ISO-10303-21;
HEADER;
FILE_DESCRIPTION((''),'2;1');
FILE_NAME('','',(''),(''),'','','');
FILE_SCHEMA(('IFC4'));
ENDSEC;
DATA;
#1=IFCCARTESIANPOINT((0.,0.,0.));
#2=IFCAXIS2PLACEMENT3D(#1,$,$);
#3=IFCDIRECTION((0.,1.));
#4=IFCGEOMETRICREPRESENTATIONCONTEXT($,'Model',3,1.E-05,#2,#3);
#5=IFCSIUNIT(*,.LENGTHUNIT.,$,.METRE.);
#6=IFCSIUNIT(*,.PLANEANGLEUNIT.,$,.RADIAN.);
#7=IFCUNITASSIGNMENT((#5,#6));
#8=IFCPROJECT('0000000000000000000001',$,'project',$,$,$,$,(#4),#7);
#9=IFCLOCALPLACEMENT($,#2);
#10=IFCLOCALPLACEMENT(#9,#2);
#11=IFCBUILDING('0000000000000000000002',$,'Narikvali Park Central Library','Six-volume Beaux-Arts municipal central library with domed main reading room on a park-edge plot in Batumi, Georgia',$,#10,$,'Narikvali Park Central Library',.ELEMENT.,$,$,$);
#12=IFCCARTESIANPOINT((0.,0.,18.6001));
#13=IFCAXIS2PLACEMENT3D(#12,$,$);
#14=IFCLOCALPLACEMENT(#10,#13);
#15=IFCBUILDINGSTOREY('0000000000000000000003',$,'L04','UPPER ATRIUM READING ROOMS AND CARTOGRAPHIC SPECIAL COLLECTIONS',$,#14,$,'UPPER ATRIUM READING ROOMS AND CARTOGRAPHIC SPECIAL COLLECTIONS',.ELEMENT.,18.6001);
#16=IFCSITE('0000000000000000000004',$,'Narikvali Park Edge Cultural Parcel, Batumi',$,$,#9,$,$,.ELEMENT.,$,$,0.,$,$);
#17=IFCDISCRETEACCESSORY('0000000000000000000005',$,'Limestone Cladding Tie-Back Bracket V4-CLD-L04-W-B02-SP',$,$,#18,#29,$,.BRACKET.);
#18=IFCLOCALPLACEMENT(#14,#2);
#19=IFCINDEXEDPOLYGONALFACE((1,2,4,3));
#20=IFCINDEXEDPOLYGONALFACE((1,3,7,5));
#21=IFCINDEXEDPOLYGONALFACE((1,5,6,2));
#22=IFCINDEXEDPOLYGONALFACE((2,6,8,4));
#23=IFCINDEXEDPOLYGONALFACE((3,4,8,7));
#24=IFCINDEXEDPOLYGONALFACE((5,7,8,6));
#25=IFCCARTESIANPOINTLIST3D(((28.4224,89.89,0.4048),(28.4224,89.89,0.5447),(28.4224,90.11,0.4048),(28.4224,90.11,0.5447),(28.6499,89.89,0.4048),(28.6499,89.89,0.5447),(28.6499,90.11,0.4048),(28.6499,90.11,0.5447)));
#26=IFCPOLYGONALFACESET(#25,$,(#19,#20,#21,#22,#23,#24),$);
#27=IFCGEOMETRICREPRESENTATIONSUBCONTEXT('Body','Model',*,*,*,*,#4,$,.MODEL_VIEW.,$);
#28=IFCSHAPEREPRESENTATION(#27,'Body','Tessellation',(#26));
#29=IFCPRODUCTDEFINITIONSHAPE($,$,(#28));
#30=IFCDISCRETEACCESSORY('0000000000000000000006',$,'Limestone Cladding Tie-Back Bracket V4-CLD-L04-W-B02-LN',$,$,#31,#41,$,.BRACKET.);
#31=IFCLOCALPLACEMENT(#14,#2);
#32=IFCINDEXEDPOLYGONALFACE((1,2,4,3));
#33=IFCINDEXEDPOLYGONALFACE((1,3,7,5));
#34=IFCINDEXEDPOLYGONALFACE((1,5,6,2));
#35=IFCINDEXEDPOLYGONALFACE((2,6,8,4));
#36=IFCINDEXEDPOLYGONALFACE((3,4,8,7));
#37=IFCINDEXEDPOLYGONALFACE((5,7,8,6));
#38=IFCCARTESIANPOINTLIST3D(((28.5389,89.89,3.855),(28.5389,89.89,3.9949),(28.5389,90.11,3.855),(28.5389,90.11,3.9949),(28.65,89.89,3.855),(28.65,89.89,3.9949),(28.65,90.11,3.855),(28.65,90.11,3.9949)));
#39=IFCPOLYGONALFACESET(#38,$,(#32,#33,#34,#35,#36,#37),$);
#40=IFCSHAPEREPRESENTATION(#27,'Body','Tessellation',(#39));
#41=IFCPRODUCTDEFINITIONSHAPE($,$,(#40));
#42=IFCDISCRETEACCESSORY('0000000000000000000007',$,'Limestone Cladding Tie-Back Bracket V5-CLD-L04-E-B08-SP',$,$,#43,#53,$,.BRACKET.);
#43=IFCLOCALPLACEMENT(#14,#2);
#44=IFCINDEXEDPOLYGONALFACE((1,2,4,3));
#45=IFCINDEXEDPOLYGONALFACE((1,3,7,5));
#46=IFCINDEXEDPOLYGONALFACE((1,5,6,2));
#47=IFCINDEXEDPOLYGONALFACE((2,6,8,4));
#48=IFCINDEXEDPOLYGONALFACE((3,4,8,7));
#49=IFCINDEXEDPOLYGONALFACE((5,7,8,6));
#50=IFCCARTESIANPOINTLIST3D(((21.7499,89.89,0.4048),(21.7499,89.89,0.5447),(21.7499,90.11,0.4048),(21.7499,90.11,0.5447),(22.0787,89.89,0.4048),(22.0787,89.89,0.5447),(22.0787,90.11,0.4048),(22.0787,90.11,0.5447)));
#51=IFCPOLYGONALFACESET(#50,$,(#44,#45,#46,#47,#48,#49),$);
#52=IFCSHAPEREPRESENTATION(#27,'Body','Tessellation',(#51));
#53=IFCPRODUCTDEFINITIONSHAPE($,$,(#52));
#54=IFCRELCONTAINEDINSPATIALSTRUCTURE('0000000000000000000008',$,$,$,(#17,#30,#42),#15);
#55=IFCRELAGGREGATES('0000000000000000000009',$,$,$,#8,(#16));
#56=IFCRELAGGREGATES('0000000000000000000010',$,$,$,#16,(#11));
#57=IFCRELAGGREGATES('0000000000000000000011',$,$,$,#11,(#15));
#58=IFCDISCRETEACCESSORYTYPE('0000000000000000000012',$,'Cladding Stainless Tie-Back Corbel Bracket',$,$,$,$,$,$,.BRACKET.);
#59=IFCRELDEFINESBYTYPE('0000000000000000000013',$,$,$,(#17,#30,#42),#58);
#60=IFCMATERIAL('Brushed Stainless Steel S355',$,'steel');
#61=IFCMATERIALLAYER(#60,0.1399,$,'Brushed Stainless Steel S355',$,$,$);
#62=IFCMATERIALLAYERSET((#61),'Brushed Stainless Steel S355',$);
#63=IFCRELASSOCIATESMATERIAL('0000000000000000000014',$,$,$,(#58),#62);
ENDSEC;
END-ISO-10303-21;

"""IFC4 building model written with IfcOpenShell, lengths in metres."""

from ifc_helpers import new_model, si_unit, direction, frame, origin, origin_2d, place, context, subcontext, project, spatial, rectangle, extrude, material, layer, layer_set, type_object, element, save


model = new_model("IFC4")

# Units and contexts
model_context = context("Model", 3, precision=1e-05, world=origin(), true_north=direction((0.0, 1.0)))
body_context = subcontext(model_context, "Body", "Model", "MODEL_VIEW")
ifc_project = project(units=[si_unit("LENGTHUNIT", "METRE"), si_unit("PLANEANGLEUNIT", "RADIAN")], contexts=[model_context])

# Site, building, storey
site_placement = place(None, origin())
site = spatial("IfcSite", under=ifc_project, at=site_placement, Name="Narikvali Park Edge Cultural Parcel, Batumi", CompositionType="ELEMENT", RefElevation=0.0)
building_placement = place(site_placement, origin())
building = spatial("IfcBuilding", under=site, at=building_placement, Name="Narikvali Park Central Library", Description="Six-volume Beaux-Arts municipal central library with domed main reading room on a park-edge plot in Batumi, Georgia", LongName="Narikvali Park Central Library", CompositionType="ELEMENT")
storey_placement = place(building_placement, frame((0.0, 0.0, 18.6001)))
storey = spatial("IfcBuildingStorey", under=building, at=storey_placement, Name="L04", Description="UPPER ATRIUM READING ROOMS AND CARTOGRAPHIC SPECIAL COLLECTIONS", LongName="UPPER ATRIUM READING ROOMS AND CARTOGRAPHIC SPECIAL COLLECTIONS", CompositionType="ELEMENT", Elevation=18.6001)

# Discrete accessories
ifc_material_1 = material(Name="Brushed Stainless Steel S355", Category="steel")
ifc_layer_1 = layer(ifc_material_1, 0.1399, Name="Brushed Stainless Steel S355")
ifc_layer_set_1 = layer_set([ifc_layer_1], Name="Brushed Stainless Steel S355")
discrete_accessory_type = type_object("IfcDiscreteAccessoryType", Name="Cladding Stainless Tie-Back Corbel Bracket", PredefinedType="BRACKET", material=ifc_layer_set_1)
discrete_accessory_1_placement = place(storey_placement, frame((28.5361, 90.0, 0.4048), z_axis=(0.0, 0.0, 1.0), x_axis=(1.0, 0.0, 0.0)))
element("IfcDiscreteAccessory", 1, at=discrete_accessory_1_placement, inside=storey, type_object=discrete_accessory_type, Name="Limestone Cladding Tie-Back Bracket V4-CLD-L04-W-B02-SP", PredefinedType="BRACKET", context=body_context, shape_type="SweptSolid", body=[
    extrude(rectangle(XDim=0.2275, YDim=0.22, at=origin_2d()), origin(), (0.0, 0.0, 1.0), 0.1399),
])
discrete_accessory_2_placement = place(storey_placement, frame((28.5945, 90.0, 3.855), z_axis=(0.0, 0.0, 1.0), x_axis=(1.0, 0.0, 0.0)))
element("IfcDiscreteAccessory", 2, at=discrete_accessory_2_placement, inside=storey, type_object=discrete_accessory_type, Name="Limestone Cladding Tie-Back Bracket V4-CLD-L04-W-B02-LN", PredefinedType="BRACKET", context=body_context, shape_type="SweptSolid", body=[
    extrude(rectangle(XDim=0.1111, YDim=0.22, at=origin_2d()), origin(), (0.0, 0.0, 1.0), 0.1399),
])
discrete_accessory_3_placement = place(storey_placement, frame((21.9143, 90.0, 0.4048), z_axis=(0.0, 0.0, 1.0), x_axis=(1.0, 0.0, 0.0)))
element("IfcDiscreteAccessory", 3, at=discrete_accessory_3_placement, inside=storey, type_object=discrete_accessory_type, Name="Limestone Cladding Tie-Back Bracket V5-CLD-L04-E-B08-SP", PredefinedType="BRACKET", context=body_context, shape_type="SweptSolid", body=[
    extrude(rectangle(XDim=0.3289, YDim=0.22, at=origin_2d()), origin(), (0.0, 0.0, 1.0), 0.1399),
])

save(model, "model.ifc")
